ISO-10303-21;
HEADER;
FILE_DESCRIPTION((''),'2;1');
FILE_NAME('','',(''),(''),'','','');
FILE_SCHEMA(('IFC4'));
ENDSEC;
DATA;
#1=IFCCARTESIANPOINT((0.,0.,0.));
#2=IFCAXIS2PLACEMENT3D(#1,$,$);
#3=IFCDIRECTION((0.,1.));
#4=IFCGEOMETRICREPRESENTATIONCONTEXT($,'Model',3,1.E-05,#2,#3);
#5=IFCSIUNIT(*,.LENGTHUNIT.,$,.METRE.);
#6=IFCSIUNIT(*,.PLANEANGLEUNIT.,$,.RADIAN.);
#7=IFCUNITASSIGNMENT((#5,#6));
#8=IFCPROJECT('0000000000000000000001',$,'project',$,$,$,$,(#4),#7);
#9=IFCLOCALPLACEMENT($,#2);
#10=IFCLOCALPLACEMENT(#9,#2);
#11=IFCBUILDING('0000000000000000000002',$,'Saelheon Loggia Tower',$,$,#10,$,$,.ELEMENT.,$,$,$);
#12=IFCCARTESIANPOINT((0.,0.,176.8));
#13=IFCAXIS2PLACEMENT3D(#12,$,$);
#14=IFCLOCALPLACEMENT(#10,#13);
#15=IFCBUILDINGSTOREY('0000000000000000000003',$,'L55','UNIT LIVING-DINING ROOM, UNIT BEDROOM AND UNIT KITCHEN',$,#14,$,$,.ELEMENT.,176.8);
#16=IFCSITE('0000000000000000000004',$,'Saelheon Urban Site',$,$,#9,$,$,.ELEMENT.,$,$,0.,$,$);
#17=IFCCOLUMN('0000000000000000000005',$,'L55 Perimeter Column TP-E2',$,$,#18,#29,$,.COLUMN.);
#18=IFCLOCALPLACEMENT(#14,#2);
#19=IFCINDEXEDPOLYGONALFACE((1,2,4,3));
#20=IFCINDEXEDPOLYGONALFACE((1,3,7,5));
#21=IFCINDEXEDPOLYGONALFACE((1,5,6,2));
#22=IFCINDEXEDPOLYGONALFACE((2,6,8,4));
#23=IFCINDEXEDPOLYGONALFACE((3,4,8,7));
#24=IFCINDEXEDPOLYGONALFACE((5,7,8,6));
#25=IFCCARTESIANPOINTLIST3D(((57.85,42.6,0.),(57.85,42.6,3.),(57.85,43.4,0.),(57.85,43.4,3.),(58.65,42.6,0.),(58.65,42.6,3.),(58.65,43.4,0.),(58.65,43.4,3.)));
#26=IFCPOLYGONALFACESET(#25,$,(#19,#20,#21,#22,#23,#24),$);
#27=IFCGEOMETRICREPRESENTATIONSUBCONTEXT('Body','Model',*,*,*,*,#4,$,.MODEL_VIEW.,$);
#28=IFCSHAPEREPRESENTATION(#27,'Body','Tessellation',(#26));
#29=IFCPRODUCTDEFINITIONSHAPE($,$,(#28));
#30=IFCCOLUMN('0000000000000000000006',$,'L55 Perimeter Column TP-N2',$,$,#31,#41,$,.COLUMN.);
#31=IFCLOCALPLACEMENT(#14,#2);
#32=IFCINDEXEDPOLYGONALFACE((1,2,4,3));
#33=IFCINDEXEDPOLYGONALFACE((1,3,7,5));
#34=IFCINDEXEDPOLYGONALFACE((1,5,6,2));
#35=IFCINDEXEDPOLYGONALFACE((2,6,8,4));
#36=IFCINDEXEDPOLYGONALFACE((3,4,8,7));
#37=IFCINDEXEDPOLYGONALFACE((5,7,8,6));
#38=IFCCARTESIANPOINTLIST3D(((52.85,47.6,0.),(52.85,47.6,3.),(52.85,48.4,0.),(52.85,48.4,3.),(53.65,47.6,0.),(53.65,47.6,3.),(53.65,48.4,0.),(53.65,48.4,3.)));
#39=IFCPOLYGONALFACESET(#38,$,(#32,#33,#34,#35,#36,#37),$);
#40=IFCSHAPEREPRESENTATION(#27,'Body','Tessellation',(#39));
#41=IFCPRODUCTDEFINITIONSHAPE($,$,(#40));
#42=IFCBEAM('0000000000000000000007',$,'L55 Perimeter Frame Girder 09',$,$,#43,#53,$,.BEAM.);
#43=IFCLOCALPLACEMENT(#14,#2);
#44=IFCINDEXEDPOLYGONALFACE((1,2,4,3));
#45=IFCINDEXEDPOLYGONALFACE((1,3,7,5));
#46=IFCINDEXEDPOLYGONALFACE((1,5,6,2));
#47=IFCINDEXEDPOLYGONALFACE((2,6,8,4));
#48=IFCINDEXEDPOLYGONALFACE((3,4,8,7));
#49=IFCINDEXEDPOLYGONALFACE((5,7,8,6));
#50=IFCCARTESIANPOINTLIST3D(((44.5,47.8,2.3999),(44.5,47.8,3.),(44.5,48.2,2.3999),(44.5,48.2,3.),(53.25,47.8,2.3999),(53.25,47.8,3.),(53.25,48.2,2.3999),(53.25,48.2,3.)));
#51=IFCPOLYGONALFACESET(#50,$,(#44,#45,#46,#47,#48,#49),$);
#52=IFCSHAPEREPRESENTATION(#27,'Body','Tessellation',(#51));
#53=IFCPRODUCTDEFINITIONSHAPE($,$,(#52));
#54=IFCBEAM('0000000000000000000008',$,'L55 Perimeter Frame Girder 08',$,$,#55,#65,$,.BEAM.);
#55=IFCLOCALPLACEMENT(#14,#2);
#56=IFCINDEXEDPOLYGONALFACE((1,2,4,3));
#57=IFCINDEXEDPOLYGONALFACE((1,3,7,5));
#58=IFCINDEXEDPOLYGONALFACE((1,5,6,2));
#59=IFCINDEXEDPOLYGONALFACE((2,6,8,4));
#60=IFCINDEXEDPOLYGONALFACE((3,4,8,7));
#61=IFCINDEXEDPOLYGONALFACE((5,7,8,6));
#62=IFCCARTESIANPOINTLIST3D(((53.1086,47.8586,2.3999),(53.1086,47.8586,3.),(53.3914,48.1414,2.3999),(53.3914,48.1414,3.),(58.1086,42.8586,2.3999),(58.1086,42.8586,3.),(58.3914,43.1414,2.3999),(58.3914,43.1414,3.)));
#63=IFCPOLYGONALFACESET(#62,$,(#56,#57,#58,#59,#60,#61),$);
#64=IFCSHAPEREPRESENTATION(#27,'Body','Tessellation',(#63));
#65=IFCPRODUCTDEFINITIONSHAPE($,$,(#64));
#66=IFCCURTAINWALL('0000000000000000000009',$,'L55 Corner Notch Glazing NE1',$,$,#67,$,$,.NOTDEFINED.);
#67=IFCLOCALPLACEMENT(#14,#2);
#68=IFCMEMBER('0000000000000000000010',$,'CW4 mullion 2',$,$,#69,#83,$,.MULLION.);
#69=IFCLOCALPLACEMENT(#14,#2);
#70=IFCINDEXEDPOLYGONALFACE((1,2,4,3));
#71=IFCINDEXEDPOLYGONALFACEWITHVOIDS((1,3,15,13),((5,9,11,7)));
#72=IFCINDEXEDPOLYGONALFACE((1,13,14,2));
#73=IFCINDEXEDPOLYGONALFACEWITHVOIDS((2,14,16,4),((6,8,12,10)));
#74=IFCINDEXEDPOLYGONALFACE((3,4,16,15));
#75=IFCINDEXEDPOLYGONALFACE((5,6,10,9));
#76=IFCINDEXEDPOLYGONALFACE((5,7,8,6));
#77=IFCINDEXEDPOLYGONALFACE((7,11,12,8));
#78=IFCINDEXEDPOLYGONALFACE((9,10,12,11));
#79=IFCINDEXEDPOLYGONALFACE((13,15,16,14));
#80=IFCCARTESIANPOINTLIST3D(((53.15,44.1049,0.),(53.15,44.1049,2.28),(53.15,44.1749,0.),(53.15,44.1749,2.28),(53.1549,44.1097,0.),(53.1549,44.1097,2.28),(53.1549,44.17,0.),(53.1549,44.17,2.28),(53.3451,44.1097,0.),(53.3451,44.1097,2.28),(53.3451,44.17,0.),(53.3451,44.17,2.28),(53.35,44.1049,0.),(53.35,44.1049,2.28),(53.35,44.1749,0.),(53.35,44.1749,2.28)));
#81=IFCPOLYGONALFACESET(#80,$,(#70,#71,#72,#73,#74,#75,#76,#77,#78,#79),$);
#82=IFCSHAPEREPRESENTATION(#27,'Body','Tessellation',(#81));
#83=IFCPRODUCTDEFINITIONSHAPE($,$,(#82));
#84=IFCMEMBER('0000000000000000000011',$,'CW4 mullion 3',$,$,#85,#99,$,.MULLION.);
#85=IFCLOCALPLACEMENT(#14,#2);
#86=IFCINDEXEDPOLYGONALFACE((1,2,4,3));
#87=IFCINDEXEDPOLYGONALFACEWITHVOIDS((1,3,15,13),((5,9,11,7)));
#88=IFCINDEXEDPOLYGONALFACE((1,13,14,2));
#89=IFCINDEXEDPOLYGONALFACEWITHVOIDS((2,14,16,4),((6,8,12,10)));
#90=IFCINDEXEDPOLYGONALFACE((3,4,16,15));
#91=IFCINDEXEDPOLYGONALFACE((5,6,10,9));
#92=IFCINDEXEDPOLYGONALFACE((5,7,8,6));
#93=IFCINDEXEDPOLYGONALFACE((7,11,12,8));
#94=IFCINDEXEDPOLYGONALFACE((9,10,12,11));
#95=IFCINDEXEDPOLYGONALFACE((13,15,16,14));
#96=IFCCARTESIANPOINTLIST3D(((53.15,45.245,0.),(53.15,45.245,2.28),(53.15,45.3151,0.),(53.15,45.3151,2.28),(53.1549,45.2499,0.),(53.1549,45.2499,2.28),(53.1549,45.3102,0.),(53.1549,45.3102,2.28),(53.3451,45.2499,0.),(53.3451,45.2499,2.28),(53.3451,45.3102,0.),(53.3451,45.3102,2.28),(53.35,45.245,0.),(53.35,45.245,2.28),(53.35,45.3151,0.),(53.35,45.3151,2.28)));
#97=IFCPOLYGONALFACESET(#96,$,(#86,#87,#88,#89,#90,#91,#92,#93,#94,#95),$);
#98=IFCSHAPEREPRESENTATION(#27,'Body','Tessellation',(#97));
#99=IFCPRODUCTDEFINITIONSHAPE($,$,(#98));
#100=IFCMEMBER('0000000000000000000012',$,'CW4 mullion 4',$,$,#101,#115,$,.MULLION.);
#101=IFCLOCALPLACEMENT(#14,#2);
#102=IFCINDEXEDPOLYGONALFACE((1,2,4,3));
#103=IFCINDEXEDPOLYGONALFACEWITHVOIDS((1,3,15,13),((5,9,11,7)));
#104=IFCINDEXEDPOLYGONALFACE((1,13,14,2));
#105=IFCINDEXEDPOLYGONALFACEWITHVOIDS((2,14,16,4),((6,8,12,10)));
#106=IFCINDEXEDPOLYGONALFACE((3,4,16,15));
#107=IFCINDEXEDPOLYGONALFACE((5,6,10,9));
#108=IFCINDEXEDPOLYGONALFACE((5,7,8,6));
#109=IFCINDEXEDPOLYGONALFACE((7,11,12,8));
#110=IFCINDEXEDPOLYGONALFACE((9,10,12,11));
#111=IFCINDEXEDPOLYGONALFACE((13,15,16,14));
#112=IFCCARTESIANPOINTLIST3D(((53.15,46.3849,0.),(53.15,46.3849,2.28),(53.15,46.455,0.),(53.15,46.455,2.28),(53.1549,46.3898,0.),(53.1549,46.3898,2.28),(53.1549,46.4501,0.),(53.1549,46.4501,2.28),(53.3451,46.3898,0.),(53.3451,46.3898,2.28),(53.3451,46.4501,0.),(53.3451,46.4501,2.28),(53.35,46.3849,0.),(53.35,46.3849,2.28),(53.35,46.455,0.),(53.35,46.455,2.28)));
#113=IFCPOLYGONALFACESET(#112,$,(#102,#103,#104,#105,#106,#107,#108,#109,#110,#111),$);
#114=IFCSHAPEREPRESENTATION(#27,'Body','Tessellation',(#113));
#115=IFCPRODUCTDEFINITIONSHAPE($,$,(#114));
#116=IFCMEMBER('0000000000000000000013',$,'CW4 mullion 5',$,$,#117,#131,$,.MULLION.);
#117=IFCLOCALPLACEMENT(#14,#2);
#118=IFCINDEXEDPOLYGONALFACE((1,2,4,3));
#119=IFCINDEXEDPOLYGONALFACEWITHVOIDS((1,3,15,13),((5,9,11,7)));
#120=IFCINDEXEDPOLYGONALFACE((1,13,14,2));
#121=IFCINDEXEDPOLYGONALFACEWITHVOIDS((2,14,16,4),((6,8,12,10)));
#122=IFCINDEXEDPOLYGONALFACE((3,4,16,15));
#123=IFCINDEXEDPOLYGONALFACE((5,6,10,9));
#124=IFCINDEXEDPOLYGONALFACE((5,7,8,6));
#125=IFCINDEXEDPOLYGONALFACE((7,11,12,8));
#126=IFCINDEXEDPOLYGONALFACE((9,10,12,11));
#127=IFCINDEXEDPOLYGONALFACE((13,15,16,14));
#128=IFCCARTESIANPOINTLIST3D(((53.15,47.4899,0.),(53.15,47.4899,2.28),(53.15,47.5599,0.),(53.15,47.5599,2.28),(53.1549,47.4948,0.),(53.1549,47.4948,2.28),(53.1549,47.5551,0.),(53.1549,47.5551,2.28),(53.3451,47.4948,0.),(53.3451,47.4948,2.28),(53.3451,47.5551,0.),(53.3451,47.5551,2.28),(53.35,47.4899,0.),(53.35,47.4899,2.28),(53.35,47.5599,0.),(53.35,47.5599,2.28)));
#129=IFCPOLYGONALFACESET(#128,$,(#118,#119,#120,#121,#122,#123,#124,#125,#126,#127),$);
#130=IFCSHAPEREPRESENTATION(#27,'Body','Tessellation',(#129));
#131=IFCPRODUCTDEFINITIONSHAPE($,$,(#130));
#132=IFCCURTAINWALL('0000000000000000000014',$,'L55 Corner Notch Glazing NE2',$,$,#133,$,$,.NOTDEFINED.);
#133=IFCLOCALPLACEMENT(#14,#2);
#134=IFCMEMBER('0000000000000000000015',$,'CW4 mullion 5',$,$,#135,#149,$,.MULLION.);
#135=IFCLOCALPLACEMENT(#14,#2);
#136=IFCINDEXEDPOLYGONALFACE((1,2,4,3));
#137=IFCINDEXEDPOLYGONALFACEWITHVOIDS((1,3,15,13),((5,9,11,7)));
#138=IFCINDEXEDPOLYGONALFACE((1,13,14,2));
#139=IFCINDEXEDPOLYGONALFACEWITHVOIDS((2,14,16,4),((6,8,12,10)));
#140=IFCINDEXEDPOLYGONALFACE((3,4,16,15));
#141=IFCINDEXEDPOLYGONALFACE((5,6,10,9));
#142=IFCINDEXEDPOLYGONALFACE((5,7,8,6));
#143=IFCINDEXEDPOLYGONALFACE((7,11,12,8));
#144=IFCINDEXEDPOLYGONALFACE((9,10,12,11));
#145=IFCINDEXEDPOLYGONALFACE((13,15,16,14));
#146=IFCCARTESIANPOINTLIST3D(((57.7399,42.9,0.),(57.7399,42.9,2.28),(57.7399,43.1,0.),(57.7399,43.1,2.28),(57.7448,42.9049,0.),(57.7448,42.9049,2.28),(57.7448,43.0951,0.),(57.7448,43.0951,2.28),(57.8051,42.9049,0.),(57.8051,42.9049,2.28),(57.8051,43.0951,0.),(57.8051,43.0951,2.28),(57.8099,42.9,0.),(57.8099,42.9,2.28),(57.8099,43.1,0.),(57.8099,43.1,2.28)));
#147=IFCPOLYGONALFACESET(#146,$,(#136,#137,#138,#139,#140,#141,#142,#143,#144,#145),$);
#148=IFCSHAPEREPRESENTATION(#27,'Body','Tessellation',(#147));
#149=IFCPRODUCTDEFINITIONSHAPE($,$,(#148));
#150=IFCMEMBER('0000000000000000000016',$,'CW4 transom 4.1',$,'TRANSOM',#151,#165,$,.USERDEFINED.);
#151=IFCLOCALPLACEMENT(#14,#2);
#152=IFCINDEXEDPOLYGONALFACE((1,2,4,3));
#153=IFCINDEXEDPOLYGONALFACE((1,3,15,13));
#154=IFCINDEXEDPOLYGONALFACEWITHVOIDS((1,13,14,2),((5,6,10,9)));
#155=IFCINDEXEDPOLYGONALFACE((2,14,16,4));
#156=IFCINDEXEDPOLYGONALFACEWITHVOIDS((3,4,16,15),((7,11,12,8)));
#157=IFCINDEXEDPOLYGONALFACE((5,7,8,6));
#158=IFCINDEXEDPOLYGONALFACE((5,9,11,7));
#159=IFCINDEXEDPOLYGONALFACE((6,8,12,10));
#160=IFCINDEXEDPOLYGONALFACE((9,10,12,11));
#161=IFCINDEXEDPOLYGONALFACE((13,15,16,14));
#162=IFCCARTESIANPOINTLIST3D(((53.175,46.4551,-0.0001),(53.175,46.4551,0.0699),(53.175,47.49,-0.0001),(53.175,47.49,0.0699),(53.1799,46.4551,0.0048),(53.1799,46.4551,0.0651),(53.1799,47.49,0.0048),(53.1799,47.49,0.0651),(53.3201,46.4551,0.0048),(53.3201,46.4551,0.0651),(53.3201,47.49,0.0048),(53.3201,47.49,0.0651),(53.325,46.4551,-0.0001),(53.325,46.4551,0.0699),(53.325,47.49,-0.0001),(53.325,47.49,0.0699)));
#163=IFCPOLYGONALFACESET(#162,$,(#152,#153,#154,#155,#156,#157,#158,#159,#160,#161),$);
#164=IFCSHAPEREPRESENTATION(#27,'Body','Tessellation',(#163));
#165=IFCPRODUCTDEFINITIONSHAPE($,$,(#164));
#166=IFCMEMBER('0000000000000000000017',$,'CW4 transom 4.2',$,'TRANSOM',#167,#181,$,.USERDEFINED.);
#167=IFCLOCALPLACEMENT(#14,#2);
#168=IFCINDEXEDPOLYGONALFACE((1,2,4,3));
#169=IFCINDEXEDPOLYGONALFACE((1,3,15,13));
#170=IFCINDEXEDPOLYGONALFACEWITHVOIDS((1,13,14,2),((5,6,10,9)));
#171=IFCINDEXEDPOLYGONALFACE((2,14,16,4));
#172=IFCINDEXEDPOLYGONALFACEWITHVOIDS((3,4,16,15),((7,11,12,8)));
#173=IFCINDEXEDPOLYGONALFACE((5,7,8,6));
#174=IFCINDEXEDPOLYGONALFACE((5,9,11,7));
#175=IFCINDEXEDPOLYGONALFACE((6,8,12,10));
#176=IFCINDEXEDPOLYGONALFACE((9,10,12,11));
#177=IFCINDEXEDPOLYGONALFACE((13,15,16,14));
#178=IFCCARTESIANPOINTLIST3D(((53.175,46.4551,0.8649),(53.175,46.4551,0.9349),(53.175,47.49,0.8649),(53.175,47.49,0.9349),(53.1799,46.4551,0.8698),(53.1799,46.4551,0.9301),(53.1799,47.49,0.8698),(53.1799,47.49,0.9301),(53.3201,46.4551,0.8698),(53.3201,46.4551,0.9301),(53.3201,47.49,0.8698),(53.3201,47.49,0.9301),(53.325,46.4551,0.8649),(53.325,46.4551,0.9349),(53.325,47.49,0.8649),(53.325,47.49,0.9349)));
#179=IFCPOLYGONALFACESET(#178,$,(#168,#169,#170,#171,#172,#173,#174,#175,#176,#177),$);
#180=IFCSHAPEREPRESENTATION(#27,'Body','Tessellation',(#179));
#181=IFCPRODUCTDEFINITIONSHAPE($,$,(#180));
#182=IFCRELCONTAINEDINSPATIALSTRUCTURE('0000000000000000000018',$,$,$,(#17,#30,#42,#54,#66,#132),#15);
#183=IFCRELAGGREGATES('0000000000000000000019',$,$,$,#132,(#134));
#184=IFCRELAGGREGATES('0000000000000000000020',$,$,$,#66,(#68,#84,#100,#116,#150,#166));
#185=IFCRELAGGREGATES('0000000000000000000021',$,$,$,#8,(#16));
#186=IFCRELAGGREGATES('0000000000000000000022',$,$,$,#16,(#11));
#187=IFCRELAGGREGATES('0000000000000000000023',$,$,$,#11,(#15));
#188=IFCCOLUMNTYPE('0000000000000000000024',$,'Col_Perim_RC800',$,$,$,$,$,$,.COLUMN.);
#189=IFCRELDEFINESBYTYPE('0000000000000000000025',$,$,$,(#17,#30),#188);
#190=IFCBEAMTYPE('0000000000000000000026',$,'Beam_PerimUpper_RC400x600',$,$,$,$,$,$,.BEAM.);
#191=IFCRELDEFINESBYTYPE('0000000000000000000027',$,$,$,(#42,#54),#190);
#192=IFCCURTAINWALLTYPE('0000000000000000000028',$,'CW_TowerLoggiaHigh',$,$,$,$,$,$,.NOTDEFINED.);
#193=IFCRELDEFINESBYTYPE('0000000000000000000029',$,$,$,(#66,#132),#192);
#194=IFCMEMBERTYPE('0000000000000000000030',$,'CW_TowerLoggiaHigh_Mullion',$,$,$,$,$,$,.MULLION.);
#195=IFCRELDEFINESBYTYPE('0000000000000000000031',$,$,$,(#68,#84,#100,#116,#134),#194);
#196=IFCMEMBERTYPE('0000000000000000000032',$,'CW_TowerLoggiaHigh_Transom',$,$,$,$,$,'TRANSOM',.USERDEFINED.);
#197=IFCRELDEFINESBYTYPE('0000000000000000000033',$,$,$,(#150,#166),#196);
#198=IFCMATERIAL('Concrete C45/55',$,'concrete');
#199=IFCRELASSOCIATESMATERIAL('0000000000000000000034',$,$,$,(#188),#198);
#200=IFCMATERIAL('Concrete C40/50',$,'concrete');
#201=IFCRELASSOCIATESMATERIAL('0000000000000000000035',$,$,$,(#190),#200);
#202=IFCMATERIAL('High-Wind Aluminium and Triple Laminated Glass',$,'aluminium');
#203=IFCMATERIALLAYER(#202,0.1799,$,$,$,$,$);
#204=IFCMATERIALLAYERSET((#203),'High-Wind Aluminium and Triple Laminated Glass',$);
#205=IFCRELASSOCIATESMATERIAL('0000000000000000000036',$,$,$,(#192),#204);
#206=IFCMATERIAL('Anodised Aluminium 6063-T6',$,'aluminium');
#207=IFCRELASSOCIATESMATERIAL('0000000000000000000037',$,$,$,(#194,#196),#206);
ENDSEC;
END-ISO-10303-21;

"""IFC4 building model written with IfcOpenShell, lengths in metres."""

from ifc_helpers import new_model, si_unit, direction, frame, origin, origin_2d, place, context, subcontext, project, spatial, rectangle, hollow_rectangle, extrude, source, transform, mapped, material, layer, layer_set, material_profile, profile_set, type_object, element, aggregate, save


model = new_model("IFC4")

# Units and contexts
model_context = context("Model", 3, precision=1e-05, world=origin(), true_north=direction((0.0, 1.0)))
body_context = subcontext(model_context, "Body", "Model", "MODEL_VIEW")
ifc_project = project(units=[si_unit("LENGTHUNIT", "METRE"), si_unit("PLANEANGLEUNIT", "RADIAN")], contexts=[model_context])

# Site, building, storey
site_placement = place(None, origin())
site = spatial("IfcSite", under=ifc_project, at=site_placement, Name="Saelheon Urban Site", CompositionType="ELEMENT", RefElevation=0.0)
building_placement = place(site_placement, origin())
building = spatial("IfcBuilding", under=site, at=building_placement, Name="Saelheon Loggia Tower", CompositionType="ELEMENT")
storey_placement = place(building_placement, frame((0.0, 0.0, 176.8)))
storey = spatial("IfcBuildingStorey", under=building, at=storey_placement, Name="L55", Description="UNIT LIVING-DINING ROOM, UNIT BEDROOM AND UNIT KITCHEN", CompositionType="ELEMENT", Elevation=176.8)

# Columns
ifc_material_1 = material(Name="Concrete C45/55", Category="concrete")
ifc_material_profile_1 = material_profile(ifc_material_1, rectangle(XDim=0.8, YDim=0.8, at=origin_2d()), Name="RC-800x800")
ifc_profile_set_1 = profile_set([ifc_material_profile_1], Name="Concrete C45/55")
column_type = type_object("IfcColumnType", Name="Col_Perim_RC800", PredefinedType="COLUMN", material=ifc_profile_set_1)
shared_shape_1 = source(origin(), body_context, "Body", "SweptSolid", [
    extrude(rectangle(XDim=0.8, YDim=0.8, at=origin_2d()), origin(), (0.0, 0.0, 1.0), 3.0),
])
for number, where, z_axis, x_axis, name in (
    (1, (58.25, 43.0, 0.0), (0.0, 0.0, 1.0), (1.0, 0.0, 0.0), "L55 Perimeter Column TP-E2"),
    (2, (53.25, 48.0, 0.0), (0.0, 0.0, 1.0), (1.0, 0.0, 0.0), "L55 Perimeter Column TP-N2"),
):
    element("IfcColumn", number, at=place(storey_placement, frame(where, z_axis=z_axis, x_axis=x_axis)), inside=storey, type_object=column_type, Name=name, PredefinedType="COLUMN", context=body_context, shape_type="MappedRepresentation", body=[
        mapped(shared_shape_1, transform((0.0, 0.0, 0.0), scale=1.0)),
    ])

# Beams
ifc_material_2 = material(Name="Concrete C40/50", Category="concrete")
ifc_material_profile_2 = material_profile(ifc_material_2, rectangle(XDim=0.3999, YDim=0.6001, at=origin_2d()), Name="RC-400x600")
ifc_profile_set_2 = profile_set([ifc_material_profile_2], Name="Concrete C40/50")
beam_type = type_object("IfcBeamType", Name="Beam_PerimUpper_RC400x600", PredefinedType="BEAM", material=ifc_profile_set_2)
shared_shape_2 = source(origin(), body_context, "Body", "SweptSolid", [
    extrude(rectangle(XDim=0.3999, YDim=0.6001, at=origin_2d()), origin(), (0.0, 0.0, 1.0), 8.75),
])
beam_1_placement = place(storey_placement, frame((53.25, 48.0, 2.7), z_axis=(-1.0, 0.0, 0.0), x_axis=(0.0, -1.0, 0.0)))
element("IfcBeam", 3, at=beam_1_placement, inside=storey, type_object=beam_type, Name="L55 Perimeter Frame Girder 09", PredefinedType="BEAM", context=body_context, shape_type="MappedRepresentation", body=[
    mapped(shared_shape_2, transform((0.0, 0.0, 0.0), scale=1.0)),
])
shared_shape_3 = source(origin(), body_context, "Body", "SweptSolid", [
    extrude(rectangle(XDim=0.3999, YDim=0.6001, at=origin_2d()), origin(), (0.0, 0.0, 1.0), 7.071),
])
beam_2_placement = place(storey_placement, frame((58.25, 43.0, 2.7), z_axis=(-0.707107, 0.707107, 0.0), x_axis=(-0.707107, -0.707107, 0.0)))
element("IfcBeam", 4, at=beam_2_placement, inside=storey, type_object=beam_type, Name="L55 Perimeter Frame Girder 08", PredefinedType="BEAM", context=body_context, shape_type="MappedRepresentation", body=[
    mapped(shared_shape_3, transform((0.0, 0.0, 0.0), scale=1.0)),
])

# Curtain wall, members
ifc_material_3 = material(Name="High-Wind Aluminium and Triple Laminated Glass", Category="aluminium")
ifc_layer_1 = layer(ifc_material_3, 0.1799)
ifc_layer_set_1 = layer_set([ifc_layer_1], Name="High-Wind Aluminium and Triple Laminated Glass")
curtain_wall_type = type_object("IfcCurtainWallType", Name="CW_TowerLoggiaHigh", PredefinedType="NOTDEFINED", material=ifc_layer_set_1)
curtain_wall_1_placement = place(storey_placement, origin())
curtain_wall_1 = element("IfcCurtainWall", 5, at=curtain_wall_1_placement, inside=storey, type_object=curtain_wall_type, Name="L55 Corner Notch Glazing NE1", PredefinedType="NOTDEFINED")
ifc_material_4 = material(Name="Anodised Aluminium 6063-T6", Category="aluminium")
ifc_material_profile_3 = material_profile(ifc_material_4, hollow_rectangle(XDim=0.0701, YDim=0.2, WallThickness=0.0049, at=origin_2d()), Name="RHS-200x70x5")
ifc_profile_set_3 = profile_set([ifc_material_profile_3], Name="Anodised Aluminium 6063-T6")
member_type_1 = type_object("IfcMemberType", Name="CW_TowerLoggiaHigh_Mullion", PredefinedType="MULLION", material=ifc_profile_set_3)
shared_shape_4 = source(origin(), body_context, "Body", "SweptSolid", [
    extrude(hollow_rectangle(XDim=0.0701, YDim=0.2, WallThickness=0.0049, at=origin_2d()), origin(), (0.0, 0.0, 1.0), 2.28),
])
member_1_placement = place(storey_placement, frame((53.25, 44.1399, 0.0), z_axis=(0.0, 0.0, 1.0), x_axis=(0.0, 1.0, 0.0)))
member_1 = element("IfcMember", 6, at=member_1_placement, type_object=member_type_1, Name="CW4 mullion 2", PredefinedType="MULLION", context=body_context, shape_type="MappedRepresentation", body=[
    mapped(shared_shape_4, transform((0.0, 0.0, 0.0), scale=1.0)),
])
member_2_placement = place(storey_placement, frame((53.25, 45.28, 0.0), z_axis=(0.0, 0.0, 1.0), x_axis=(0.0, 1.0, 0.0)))
member_2 = element("IfcMember", 7, at=member_2_placement, type_object=member_type_1, Name="CW4 mullion 3", PredefinedType="MULLION", context=body_context, shape_type="MappedRepresentation", body=[
    mapped(shared_shape_4, transform((0.0, 0.0, 0.0), scale=1.0)),
])
member_3_placement = place(storey_placement, frame((53.25, 46.4199, 0.0), z_axis=(0.0, 0.0, 1.0), x_axis=(0.0, 1.0, 0.0)))
member_3 = element("IfcMember", 8, at=member_3_placement, type_object=member_type_1, Name="CW4 mullion 4", PredefinedType="MULLION", context=body_context, shape_type="MappedRepresentation", body=[
    mapped(shared_shape_4, transform((0.0, 0.0, 0.0), scale=1.0)),
])
member_4_placement = place(storey_placement, frame((53.25, 47.5249, 0.0), z_axis=(0.0, 0.0, 1.0), x_axis=(0.0, 1.0, 0.0)))
member_4 = element("IfcMember", 9, at=member_4_placement, type_object=member_type_1, Name="CW4 mullion 5", PredefinedType="MULLION", context=body_context, shape_type="MappedRepresentation", body=[
    mapped(shared_shape_4, transform((0.0, 0.0, 0.0), scale=1.0)),
])

# Curtain wall, member
curtain_wall_2_placement = place(storey_placement, origin())
curtain_wall_2 = element("IfcCurtainWall", 10, at=curtain_wall_2_placement, inside=storey, type_object=curtain_wall_type, Name="L55 Corner Notch Glazing NE2", PredefinedType="NOTDEFINED")
member_5_placement = place(storey_placement, frame((57.7749, 43.0, 0.0), z_axis=(0.0, 0.0, 1.0), x_axis=(1.0, 0.0, 0.0)))
member_5 = element("IfcMember", 11, at=member_5_placement, type_object=member_type_1, Name="CW4 mullion 5", PredefinedType="MULLION", context=body_context, shape_type="MappedRepresentation", body=[
    mapped(shared_shape_4, transform((0.0, 0.0, 0.0), scale=1.0)),
])

# Members
ifc_material_profile_4 = material_profile(ifc_material_4, hollow_rectangle(XDim=0.0701, YDim=0.1499, WallThickness=0.0049, at=origin_2d()), Name="RHS-150x70x5")
ifc_profile_set_4 = profile_set([ifc_material_profile_4], Name="Anodised Aluminium 6063-T6")
member_type_2 = type_object("IfcMemberType", Name="CW_TowerLoggiaHigh_Transom", ElementType="TRANSOM", PredefinedType="USERDEFINED", material=ifc_profile_set_4)
shared_shape_5 = source(origin(), body_context, "Body", "SweptSolid", [
    extrude(hollow_rectangle(XDim=0.0701, YDim=0.1499, WallThickness=0.0049, at=origin_2d()), origin(), (0.0, 0.0, 1.0), 1.0349),
])
member_6_placement = place(storey_placement, frame((53.25, 46.4551, 0.0349), z_axis=(0.0, 1.0, 0.0), x_axis=(0.0, 0.0, 1.0)))
member_6 = element("IfcMember", 12, at=member_6_placement, type_object=member_type_2, Name="CW4 transom 4.1", ObjectType="TRANSOM", PredefinedType="USERDEFINED", context=body_context, shape_type="MappedRepresentation", body=[
    mapped(shared_shape_5, transform((0.0, 0.0, 0.0), scale=1.0)),
])
member_7_placement = place(storey_placement, frame((53.25, 46.4551, 0.8999), z_axis=(0.0, 1.0, 0.0), x_axis=(0.0, 0.0, 1.0)))
member_7 = element("IfcMember", 13, at=member_7_placement, type_object=member_type_2, Name="CW4 transom 4.2", ObjectType="TRANSOM", PredefinedType="USERDEFINED", context=body_context, shape_type="MappedRepresentation", body=[
    mapped(shared_shape_5, transform((0.0, 0.0, 0.0), scale=1.0)),
])

aggregate(curtain_wall_2, [member_5])
aggregate(curtain_wall_1, [member_1, member_2, member_3, member_4, member_6, member_7])

save(model, "model.ifc")
